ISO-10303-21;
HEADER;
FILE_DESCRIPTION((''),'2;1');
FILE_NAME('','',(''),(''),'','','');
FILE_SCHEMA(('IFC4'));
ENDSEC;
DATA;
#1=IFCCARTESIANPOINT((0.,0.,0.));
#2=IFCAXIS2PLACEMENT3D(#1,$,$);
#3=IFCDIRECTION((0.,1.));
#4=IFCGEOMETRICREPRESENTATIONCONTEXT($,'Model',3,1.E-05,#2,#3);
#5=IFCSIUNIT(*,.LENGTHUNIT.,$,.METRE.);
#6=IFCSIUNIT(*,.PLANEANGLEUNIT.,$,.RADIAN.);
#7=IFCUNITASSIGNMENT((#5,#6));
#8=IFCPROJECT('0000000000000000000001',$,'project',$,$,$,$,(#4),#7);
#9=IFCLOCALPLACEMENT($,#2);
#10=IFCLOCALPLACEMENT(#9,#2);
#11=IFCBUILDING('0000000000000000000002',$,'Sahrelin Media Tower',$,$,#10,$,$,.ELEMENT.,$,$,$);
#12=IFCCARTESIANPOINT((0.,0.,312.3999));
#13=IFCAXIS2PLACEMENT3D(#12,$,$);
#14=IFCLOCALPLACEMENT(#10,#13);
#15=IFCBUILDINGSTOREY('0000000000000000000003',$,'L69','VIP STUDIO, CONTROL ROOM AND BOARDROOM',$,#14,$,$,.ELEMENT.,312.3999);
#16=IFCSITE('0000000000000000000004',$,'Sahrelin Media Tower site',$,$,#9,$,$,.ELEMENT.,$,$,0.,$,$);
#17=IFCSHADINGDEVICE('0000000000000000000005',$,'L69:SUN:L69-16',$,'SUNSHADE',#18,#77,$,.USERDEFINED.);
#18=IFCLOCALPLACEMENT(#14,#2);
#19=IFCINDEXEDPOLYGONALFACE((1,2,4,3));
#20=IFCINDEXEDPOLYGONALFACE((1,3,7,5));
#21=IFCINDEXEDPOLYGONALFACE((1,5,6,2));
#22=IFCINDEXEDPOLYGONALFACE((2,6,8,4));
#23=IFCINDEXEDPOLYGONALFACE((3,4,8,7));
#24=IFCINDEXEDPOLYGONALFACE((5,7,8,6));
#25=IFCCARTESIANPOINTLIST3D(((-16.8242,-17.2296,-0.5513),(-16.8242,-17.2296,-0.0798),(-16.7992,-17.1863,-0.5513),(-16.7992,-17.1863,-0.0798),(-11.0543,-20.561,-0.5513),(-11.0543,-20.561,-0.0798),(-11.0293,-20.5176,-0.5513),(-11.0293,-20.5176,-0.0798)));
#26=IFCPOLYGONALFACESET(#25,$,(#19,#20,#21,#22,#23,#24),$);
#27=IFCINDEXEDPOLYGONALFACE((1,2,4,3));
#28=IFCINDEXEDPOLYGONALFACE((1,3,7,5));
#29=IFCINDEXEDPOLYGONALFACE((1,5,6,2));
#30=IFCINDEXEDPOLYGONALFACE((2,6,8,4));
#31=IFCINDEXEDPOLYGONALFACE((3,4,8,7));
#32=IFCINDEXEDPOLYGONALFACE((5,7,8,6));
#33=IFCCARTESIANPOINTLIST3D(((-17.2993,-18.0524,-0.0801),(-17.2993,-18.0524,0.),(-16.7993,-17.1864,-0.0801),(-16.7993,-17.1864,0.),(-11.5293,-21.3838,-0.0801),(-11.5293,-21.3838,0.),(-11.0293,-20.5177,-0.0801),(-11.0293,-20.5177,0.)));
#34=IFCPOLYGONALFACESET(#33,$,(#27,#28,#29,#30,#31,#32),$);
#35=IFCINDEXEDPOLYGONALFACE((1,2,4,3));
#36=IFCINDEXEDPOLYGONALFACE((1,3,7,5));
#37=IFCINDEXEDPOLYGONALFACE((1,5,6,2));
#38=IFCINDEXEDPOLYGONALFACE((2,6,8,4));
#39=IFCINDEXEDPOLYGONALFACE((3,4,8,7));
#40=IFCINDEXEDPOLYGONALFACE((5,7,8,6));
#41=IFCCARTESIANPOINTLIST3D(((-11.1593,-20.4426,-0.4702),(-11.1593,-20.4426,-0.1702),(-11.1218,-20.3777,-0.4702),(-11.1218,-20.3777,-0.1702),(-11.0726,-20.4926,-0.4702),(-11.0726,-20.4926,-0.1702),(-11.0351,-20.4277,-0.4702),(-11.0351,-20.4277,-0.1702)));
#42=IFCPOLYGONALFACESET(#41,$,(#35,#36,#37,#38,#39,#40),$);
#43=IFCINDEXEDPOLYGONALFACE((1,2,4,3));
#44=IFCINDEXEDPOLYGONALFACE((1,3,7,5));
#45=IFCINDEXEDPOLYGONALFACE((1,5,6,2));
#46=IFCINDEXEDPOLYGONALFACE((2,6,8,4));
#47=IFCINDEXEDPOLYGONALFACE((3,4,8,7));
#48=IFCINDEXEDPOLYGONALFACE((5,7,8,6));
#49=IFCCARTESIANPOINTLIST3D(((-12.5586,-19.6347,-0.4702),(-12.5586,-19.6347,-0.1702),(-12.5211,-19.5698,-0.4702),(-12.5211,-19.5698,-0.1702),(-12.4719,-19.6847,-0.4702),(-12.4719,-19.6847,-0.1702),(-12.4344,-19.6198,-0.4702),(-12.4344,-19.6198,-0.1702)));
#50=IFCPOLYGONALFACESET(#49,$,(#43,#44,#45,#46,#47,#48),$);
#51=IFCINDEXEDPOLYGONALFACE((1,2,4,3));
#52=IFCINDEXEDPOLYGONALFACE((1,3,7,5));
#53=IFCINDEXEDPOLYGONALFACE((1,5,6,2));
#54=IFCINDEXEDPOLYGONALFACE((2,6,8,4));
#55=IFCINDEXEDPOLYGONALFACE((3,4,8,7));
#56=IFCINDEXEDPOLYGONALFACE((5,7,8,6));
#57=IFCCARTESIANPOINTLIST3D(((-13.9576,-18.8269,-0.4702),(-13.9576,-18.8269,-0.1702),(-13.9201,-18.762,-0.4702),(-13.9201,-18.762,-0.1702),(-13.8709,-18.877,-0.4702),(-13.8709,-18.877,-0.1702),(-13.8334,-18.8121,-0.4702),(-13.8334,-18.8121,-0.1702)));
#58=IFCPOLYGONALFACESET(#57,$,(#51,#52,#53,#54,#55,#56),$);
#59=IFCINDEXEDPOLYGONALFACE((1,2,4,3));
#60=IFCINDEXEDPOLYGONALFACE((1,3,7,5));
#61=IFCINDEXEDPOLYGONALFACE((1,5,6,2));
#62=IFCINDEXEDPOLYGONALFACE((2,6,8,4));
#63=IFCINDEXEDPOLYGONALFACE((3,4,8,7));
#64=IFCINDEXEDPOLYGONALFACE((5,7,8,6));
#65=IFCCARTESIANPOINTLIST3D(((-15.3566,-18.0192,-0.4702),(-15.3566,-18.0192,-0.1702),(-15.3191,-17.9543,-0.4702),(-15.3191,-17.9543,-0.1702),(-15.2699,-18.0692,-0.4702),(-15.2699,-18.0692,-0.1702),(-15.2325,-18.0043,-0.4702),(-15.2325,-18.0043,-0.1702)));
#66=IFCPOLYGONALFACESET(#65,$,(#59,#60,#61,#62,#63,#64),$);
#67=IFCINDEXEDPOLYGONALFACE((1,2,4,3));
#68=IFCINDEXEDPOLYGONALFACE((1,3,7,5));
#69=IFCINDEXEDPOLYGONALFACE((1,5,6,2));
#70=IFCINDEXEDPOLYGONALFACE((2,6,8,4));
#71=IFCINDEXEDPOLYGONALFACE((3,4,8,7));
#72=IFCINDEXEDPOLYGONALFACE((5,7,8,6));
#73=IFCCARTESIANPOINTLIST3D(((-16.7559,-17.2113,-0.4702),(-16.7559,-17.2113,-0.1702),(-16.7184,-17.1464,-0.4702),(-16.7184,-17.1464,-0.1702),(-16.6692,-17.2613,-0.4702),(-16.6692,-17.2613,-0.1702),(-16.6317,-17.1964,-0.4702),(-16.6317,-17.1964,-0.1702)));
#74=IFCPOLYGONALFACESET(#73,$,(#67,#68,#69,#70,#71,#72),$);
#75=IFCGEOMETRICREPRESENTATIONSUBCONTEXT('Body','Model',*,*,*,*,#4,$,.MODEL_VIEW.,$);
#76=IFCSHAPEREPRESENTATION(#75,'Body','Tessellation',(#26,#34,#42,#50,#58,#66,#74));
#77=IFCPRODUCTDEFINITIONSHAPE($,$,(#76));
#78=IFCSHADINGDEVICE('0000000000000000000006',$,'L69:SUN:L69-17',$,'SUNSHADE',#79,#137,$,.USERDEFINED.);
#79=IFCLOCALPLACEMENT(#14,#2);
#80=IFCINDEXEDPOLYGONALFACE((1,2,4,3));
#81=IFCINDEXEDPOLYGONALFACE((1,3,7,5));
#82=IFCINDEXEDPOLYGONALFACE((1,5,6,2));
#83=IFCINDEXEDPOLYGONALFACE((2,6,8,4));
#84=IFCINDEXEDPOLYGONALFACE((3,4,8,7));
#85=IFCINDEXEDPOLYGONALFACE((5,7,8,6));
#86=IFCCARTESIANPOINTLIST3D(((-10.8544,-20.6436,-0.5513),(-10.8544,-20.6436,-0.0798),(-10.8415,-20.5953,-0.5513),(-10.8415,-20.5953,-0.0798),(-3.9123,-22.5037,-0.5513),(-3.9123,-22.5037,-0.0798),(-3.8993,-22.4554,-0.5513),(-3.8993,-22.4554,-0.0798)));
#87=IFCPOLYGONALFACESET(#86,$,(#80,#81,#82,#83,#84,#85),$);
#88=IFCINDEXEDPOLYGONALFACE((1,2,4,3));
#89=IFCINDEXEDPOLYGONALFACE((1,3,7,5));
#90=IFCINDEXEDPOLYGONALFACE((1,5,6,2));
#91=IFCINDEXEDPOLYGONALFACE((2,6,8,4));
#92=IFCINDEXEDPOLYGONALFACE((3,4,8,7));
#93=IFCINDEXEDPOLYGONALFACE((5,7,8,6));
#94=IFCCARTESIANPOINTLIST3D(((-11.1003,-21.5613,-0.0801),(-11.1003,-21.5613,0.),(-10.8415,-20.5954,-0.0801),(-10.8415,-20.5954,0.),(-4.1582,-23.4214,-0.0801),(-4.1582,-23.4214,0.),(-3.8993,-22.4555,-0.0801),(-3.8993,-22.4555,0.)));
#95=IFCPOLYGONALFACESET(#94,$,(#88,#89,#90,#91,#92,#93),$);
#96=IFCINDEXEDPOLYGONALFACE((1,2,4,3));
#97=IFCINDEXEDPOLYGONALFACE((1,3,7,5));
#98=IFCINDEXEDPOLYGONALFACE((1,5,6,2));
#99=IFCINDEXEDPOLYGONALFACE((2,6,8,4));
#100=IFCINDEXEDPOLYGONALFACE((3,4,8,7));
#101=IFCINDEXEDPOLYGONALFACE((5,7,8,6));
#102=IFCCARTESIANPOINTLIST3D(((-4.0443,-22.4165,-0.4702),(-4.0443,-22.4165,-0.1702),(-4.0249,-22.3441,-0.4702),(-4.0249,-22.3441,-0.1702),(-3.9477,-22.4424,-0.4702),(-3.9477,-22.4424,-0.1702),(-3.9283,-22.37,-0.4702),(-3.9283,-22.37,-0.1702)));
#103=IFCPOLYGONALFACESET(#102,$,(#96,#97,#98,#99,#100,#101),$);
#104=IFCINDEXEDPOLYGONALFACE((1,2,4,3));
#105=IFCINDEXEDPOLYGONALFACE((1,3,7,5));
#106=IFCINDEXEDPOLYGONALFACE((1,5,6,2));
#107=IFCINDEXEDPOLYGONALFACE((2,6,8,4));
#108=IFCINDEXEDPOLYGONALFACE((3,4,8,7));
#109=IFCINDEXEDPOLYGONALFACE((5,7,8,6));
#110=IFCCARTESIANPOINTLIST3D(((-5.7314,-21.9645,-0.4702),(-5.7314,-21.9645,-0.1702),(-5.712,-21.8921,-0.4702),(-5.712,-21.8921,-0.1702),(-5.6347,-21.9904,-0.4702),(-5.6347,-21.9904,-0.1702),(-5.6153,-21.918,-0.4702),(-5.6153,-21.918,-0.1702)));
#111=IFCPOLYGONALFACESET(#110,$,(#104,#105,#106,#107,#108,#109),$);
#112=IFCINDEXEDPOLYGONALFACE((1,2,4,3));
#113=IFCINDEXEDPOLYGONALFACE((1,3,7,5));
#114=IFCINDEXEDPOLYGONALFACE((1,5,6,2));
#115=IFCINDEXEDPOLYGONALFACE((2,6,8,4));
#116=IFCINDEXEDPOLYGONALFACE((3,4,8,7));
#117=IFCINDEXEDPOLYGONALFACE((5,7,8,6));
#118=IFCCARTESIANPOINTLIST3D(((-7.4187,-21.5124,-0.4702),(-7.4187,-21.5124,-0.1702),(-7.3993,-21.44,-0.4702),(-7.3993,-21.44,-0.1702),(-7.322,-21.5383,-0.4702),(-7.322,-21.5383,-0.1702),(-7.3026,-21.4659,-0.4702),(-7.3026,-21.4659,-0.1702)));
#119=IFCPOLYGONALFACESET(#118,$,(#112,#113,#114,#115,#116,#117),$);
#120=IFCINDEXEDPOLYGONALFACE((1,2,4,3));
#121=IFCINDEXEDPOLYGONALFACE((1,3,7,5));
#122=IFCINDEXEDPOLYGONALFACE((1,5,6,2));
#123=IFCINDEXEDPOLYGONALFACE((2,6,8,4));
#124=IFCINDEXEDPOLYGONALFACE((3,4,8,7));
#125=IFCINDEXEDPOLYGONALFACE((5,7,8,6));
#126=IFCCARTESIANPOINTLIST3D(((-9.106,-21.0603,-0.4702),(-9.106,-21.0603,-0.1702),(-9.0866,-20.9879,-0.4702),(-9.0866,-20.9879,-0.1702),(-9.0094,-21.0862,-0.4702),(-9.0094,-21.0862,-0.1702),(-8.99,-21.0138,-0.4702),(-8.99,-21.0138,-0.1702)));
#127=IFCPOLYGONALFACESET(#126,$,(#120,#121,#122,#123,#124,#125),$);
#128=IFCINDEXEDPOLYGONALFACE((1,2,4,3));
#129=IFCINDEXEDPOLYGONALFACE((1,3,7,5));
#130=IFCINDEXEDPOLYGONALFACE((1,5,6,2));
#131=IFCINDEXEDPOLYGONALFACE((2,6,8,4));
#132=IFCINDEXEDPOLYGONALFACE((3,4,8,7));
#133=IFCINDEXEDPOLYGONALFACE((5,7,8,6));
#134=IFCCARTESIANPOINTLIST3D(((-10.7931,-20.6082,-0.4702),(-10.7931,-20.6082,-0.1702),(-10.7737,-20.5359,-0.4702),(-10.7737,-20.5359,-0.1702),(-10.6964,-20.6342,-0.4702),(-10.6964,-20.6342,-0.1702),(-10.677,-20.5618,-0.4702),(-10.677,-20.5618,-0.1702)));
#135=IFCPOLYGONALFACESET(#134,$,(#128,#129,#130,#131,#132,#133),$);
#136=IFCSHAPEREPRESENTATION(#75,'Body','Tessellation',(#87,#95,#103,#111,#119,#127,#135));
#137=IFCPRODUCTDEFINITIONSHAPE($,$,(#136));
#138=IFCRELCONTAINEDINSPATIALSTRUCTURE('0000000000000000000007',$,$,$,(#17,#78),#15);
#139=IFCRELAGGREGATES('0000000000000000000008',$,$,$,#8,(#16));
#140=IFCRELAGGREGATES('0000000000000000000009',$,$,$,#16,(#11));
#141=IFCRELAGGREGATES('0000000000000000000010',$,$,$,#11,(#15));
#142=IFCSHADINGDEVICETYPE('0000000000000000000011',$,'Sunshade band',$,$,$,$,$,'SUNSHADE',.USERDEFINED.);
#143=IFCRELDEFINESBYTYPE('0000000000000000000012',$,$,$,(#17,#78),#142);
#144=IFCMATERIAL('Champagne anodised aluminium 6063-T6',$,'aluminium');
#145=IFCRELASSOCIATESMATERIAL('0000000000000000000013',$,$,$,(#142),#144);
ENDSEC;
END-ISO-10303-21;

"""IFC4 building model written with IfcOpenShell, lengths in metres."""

from ifc_helpers import new_model, si_unit, direction, frame, origin, origin_2d, place, context, subcontext, project, spatial, rectangle, extrude, material, type_object, element, save


model = new_model("IFC4")

# Units and contexts
model_context = context("Model", 3, precision=1e-05, world=origin(), true_north=direction((0.0, 1.0)))
body_context = subcontext(model_context, "Body", "Model", "MODEL_VIEW")
ifc_project = project(units=[si_unit("LENGTHUNIT", "METRE"), si_unit("PLANEANGLEUNIT", "RADIAN")], contexts=[model_context])

# Site, building, storey
site_placement = place(None, origin())
site = spatial("IfcSite", under=ifc_project, at=site_placement, Name="Sahrelin Media Tower site", CompositionType="ELEMENT", RefElevation=0.0)
building_placement = place(site_placement, origin())
building = spatial("IfcBuilding", under=site, at=building_placement, Name="Sahrelin Media Tower", CompositionType="ELEMENT")
storey_placement = place(building_placement, frame((0.0, 0.0, 312.3999)))
storey = spatial("IfcBuildingStorey", under=building, at=storey_placement, Name="L69", Description="VIP STUDIO, CONTROL ROOM AND BOARDROOM", CompositionType="ELEMENT", Elevation=312.3999)

# Shared definitions
ifc_material_1 = material(Name="Champagne anodised aluminium 6063-T6", Category="aluminium")

# Shading devices
placement_1 = place(storey_placement, frame((-13.9043, -18.8347, 0.0), z_axis=(0.0, 0.0, 1.0), x_axis=(-0.866019, 0.500011, 0.0)))
placement_2 = place(storey_placement, frame((-7.3652, -21.5061, 0.0), z_axis=(0.0, 0.0, 1.0), x_axis=(-0.965929, 0.258808, 0.0)))
shading_device_type_1 = type_object("IfcShadingDeviceType", Name="Sunshade band", ElementType="SUNSHADE", PredefinedType="USERDEFINED", material=ifc_material_1)
element("IfcShadingDevice", 1, at=placement_1, inside=storey, type_object=shading_device_type_1, Name="L69:SUN:L69-16", ObjectType="SUNSHADE", PredefinedType="USERDEFINED", context=body_context, shape_type="SweptSolid", body=[
    extrude(rectangle(XDim=6.6626, YDim=0.05, at=origin_2d()), frame((0.0, 0.0449, -0.5513)), (0.0, 0.0, 1.0), 0.4714),
    extrude(rectangle(XDim=6.6626, YDim=1.0, at=origin_2d()), frame((0.0, 0.52, -0.0801)), (0.0, 0.0, 1.0), 0.0801),
    extrude(rectangle(XDim=0.1001, YDim=0.075, at=origin_2d()), frame((-3.2312, -0.0176, -0.4702)), (0.0, 0.0, 1.0), 0.3),
    extrude(rectangle(XDim=0.1001, YDim=0.075, at=origin_2d()), frame((-1.6155, -0.0176, -0.4702)), (0.0, 0.0, 1.0), 0.3),
    extrude(rectangle(XDim=0.1001, YDim=0.075, at=origin_2d()), frame((0.0, -0.0176, -0.4702)), (0.0, 0.0, 1.0), 0.3),
    extrude(rectangle(XDim=0.1001, YDim=0.075, at=origin_2d()), frame((1.6155, -0.0176, -0.4702)), (0.0, 0.0, 1.0), 0.3),
    extrude(rectangle(XDim=0.1001, YDim=0.075, at=origin_2d()), frame((3.2312, -0.0176, -0.4702)), (0.0, 0.0, 1.0), 0.3),
])
element("IfcShadingDevice", 2, at=placement_2, inside=storey, type_object=shading_device_type_1, Name="L69:SUN:L69-17", ObjectType="SUNSHADE", PredefinedType="USERDEFINED", context=body_context, shape_type="SweptSolid", body=[
    extrude(rectangle(XDim=7.187, YDim=0.05, at=origin_2d()), frame((0.0, 0.0449, -0.5513)), (0.0, 0.0, 1.0), 0.4714),
    extrude(rectangle(XDim=7.187, YDim=1.0, at=origin_2d()), frame((0.0, 0.52, -0.0801)), (0.0, 0.0, 1.0), 0.0801),
    extrude(rectangle(XDim=0.1001, YDim=0.075, at=origin_2d()), frame((-3.4934, -0.0176, -0.4702)), (0.0, 0.0, 1.0), 0.3),
    extrude(rectangle(XDim=0.1001, YDim=0.075, at=origin_2d()), frame((-1.7468, -0.0176, -0.4702)), (0.0, 0.0, 1.0), 0.3),
    extrude(rectangle(XDim=0.1001, YDim=0.075, at=origin_2d()), frame((0.0, -0.0176, -0.4702)), (0.0, 0.0, 1.0), 0.3),
    extrude(rectangle(XDim=0.1001, YDim=0.075, at=origin_2d()), frame((1.7468, -0.0176, -0.4702)), (0.0, 0.0, 1.0), 0.3),
    extrude(rectangle(XDim=0.1001, YDim=0.075, at=origin_2d()), frame((3.4934, -0.0176, -0.4702)), (0.0, 0.0, 1.0), 0.3),
])

save(model, "model.ifc")
